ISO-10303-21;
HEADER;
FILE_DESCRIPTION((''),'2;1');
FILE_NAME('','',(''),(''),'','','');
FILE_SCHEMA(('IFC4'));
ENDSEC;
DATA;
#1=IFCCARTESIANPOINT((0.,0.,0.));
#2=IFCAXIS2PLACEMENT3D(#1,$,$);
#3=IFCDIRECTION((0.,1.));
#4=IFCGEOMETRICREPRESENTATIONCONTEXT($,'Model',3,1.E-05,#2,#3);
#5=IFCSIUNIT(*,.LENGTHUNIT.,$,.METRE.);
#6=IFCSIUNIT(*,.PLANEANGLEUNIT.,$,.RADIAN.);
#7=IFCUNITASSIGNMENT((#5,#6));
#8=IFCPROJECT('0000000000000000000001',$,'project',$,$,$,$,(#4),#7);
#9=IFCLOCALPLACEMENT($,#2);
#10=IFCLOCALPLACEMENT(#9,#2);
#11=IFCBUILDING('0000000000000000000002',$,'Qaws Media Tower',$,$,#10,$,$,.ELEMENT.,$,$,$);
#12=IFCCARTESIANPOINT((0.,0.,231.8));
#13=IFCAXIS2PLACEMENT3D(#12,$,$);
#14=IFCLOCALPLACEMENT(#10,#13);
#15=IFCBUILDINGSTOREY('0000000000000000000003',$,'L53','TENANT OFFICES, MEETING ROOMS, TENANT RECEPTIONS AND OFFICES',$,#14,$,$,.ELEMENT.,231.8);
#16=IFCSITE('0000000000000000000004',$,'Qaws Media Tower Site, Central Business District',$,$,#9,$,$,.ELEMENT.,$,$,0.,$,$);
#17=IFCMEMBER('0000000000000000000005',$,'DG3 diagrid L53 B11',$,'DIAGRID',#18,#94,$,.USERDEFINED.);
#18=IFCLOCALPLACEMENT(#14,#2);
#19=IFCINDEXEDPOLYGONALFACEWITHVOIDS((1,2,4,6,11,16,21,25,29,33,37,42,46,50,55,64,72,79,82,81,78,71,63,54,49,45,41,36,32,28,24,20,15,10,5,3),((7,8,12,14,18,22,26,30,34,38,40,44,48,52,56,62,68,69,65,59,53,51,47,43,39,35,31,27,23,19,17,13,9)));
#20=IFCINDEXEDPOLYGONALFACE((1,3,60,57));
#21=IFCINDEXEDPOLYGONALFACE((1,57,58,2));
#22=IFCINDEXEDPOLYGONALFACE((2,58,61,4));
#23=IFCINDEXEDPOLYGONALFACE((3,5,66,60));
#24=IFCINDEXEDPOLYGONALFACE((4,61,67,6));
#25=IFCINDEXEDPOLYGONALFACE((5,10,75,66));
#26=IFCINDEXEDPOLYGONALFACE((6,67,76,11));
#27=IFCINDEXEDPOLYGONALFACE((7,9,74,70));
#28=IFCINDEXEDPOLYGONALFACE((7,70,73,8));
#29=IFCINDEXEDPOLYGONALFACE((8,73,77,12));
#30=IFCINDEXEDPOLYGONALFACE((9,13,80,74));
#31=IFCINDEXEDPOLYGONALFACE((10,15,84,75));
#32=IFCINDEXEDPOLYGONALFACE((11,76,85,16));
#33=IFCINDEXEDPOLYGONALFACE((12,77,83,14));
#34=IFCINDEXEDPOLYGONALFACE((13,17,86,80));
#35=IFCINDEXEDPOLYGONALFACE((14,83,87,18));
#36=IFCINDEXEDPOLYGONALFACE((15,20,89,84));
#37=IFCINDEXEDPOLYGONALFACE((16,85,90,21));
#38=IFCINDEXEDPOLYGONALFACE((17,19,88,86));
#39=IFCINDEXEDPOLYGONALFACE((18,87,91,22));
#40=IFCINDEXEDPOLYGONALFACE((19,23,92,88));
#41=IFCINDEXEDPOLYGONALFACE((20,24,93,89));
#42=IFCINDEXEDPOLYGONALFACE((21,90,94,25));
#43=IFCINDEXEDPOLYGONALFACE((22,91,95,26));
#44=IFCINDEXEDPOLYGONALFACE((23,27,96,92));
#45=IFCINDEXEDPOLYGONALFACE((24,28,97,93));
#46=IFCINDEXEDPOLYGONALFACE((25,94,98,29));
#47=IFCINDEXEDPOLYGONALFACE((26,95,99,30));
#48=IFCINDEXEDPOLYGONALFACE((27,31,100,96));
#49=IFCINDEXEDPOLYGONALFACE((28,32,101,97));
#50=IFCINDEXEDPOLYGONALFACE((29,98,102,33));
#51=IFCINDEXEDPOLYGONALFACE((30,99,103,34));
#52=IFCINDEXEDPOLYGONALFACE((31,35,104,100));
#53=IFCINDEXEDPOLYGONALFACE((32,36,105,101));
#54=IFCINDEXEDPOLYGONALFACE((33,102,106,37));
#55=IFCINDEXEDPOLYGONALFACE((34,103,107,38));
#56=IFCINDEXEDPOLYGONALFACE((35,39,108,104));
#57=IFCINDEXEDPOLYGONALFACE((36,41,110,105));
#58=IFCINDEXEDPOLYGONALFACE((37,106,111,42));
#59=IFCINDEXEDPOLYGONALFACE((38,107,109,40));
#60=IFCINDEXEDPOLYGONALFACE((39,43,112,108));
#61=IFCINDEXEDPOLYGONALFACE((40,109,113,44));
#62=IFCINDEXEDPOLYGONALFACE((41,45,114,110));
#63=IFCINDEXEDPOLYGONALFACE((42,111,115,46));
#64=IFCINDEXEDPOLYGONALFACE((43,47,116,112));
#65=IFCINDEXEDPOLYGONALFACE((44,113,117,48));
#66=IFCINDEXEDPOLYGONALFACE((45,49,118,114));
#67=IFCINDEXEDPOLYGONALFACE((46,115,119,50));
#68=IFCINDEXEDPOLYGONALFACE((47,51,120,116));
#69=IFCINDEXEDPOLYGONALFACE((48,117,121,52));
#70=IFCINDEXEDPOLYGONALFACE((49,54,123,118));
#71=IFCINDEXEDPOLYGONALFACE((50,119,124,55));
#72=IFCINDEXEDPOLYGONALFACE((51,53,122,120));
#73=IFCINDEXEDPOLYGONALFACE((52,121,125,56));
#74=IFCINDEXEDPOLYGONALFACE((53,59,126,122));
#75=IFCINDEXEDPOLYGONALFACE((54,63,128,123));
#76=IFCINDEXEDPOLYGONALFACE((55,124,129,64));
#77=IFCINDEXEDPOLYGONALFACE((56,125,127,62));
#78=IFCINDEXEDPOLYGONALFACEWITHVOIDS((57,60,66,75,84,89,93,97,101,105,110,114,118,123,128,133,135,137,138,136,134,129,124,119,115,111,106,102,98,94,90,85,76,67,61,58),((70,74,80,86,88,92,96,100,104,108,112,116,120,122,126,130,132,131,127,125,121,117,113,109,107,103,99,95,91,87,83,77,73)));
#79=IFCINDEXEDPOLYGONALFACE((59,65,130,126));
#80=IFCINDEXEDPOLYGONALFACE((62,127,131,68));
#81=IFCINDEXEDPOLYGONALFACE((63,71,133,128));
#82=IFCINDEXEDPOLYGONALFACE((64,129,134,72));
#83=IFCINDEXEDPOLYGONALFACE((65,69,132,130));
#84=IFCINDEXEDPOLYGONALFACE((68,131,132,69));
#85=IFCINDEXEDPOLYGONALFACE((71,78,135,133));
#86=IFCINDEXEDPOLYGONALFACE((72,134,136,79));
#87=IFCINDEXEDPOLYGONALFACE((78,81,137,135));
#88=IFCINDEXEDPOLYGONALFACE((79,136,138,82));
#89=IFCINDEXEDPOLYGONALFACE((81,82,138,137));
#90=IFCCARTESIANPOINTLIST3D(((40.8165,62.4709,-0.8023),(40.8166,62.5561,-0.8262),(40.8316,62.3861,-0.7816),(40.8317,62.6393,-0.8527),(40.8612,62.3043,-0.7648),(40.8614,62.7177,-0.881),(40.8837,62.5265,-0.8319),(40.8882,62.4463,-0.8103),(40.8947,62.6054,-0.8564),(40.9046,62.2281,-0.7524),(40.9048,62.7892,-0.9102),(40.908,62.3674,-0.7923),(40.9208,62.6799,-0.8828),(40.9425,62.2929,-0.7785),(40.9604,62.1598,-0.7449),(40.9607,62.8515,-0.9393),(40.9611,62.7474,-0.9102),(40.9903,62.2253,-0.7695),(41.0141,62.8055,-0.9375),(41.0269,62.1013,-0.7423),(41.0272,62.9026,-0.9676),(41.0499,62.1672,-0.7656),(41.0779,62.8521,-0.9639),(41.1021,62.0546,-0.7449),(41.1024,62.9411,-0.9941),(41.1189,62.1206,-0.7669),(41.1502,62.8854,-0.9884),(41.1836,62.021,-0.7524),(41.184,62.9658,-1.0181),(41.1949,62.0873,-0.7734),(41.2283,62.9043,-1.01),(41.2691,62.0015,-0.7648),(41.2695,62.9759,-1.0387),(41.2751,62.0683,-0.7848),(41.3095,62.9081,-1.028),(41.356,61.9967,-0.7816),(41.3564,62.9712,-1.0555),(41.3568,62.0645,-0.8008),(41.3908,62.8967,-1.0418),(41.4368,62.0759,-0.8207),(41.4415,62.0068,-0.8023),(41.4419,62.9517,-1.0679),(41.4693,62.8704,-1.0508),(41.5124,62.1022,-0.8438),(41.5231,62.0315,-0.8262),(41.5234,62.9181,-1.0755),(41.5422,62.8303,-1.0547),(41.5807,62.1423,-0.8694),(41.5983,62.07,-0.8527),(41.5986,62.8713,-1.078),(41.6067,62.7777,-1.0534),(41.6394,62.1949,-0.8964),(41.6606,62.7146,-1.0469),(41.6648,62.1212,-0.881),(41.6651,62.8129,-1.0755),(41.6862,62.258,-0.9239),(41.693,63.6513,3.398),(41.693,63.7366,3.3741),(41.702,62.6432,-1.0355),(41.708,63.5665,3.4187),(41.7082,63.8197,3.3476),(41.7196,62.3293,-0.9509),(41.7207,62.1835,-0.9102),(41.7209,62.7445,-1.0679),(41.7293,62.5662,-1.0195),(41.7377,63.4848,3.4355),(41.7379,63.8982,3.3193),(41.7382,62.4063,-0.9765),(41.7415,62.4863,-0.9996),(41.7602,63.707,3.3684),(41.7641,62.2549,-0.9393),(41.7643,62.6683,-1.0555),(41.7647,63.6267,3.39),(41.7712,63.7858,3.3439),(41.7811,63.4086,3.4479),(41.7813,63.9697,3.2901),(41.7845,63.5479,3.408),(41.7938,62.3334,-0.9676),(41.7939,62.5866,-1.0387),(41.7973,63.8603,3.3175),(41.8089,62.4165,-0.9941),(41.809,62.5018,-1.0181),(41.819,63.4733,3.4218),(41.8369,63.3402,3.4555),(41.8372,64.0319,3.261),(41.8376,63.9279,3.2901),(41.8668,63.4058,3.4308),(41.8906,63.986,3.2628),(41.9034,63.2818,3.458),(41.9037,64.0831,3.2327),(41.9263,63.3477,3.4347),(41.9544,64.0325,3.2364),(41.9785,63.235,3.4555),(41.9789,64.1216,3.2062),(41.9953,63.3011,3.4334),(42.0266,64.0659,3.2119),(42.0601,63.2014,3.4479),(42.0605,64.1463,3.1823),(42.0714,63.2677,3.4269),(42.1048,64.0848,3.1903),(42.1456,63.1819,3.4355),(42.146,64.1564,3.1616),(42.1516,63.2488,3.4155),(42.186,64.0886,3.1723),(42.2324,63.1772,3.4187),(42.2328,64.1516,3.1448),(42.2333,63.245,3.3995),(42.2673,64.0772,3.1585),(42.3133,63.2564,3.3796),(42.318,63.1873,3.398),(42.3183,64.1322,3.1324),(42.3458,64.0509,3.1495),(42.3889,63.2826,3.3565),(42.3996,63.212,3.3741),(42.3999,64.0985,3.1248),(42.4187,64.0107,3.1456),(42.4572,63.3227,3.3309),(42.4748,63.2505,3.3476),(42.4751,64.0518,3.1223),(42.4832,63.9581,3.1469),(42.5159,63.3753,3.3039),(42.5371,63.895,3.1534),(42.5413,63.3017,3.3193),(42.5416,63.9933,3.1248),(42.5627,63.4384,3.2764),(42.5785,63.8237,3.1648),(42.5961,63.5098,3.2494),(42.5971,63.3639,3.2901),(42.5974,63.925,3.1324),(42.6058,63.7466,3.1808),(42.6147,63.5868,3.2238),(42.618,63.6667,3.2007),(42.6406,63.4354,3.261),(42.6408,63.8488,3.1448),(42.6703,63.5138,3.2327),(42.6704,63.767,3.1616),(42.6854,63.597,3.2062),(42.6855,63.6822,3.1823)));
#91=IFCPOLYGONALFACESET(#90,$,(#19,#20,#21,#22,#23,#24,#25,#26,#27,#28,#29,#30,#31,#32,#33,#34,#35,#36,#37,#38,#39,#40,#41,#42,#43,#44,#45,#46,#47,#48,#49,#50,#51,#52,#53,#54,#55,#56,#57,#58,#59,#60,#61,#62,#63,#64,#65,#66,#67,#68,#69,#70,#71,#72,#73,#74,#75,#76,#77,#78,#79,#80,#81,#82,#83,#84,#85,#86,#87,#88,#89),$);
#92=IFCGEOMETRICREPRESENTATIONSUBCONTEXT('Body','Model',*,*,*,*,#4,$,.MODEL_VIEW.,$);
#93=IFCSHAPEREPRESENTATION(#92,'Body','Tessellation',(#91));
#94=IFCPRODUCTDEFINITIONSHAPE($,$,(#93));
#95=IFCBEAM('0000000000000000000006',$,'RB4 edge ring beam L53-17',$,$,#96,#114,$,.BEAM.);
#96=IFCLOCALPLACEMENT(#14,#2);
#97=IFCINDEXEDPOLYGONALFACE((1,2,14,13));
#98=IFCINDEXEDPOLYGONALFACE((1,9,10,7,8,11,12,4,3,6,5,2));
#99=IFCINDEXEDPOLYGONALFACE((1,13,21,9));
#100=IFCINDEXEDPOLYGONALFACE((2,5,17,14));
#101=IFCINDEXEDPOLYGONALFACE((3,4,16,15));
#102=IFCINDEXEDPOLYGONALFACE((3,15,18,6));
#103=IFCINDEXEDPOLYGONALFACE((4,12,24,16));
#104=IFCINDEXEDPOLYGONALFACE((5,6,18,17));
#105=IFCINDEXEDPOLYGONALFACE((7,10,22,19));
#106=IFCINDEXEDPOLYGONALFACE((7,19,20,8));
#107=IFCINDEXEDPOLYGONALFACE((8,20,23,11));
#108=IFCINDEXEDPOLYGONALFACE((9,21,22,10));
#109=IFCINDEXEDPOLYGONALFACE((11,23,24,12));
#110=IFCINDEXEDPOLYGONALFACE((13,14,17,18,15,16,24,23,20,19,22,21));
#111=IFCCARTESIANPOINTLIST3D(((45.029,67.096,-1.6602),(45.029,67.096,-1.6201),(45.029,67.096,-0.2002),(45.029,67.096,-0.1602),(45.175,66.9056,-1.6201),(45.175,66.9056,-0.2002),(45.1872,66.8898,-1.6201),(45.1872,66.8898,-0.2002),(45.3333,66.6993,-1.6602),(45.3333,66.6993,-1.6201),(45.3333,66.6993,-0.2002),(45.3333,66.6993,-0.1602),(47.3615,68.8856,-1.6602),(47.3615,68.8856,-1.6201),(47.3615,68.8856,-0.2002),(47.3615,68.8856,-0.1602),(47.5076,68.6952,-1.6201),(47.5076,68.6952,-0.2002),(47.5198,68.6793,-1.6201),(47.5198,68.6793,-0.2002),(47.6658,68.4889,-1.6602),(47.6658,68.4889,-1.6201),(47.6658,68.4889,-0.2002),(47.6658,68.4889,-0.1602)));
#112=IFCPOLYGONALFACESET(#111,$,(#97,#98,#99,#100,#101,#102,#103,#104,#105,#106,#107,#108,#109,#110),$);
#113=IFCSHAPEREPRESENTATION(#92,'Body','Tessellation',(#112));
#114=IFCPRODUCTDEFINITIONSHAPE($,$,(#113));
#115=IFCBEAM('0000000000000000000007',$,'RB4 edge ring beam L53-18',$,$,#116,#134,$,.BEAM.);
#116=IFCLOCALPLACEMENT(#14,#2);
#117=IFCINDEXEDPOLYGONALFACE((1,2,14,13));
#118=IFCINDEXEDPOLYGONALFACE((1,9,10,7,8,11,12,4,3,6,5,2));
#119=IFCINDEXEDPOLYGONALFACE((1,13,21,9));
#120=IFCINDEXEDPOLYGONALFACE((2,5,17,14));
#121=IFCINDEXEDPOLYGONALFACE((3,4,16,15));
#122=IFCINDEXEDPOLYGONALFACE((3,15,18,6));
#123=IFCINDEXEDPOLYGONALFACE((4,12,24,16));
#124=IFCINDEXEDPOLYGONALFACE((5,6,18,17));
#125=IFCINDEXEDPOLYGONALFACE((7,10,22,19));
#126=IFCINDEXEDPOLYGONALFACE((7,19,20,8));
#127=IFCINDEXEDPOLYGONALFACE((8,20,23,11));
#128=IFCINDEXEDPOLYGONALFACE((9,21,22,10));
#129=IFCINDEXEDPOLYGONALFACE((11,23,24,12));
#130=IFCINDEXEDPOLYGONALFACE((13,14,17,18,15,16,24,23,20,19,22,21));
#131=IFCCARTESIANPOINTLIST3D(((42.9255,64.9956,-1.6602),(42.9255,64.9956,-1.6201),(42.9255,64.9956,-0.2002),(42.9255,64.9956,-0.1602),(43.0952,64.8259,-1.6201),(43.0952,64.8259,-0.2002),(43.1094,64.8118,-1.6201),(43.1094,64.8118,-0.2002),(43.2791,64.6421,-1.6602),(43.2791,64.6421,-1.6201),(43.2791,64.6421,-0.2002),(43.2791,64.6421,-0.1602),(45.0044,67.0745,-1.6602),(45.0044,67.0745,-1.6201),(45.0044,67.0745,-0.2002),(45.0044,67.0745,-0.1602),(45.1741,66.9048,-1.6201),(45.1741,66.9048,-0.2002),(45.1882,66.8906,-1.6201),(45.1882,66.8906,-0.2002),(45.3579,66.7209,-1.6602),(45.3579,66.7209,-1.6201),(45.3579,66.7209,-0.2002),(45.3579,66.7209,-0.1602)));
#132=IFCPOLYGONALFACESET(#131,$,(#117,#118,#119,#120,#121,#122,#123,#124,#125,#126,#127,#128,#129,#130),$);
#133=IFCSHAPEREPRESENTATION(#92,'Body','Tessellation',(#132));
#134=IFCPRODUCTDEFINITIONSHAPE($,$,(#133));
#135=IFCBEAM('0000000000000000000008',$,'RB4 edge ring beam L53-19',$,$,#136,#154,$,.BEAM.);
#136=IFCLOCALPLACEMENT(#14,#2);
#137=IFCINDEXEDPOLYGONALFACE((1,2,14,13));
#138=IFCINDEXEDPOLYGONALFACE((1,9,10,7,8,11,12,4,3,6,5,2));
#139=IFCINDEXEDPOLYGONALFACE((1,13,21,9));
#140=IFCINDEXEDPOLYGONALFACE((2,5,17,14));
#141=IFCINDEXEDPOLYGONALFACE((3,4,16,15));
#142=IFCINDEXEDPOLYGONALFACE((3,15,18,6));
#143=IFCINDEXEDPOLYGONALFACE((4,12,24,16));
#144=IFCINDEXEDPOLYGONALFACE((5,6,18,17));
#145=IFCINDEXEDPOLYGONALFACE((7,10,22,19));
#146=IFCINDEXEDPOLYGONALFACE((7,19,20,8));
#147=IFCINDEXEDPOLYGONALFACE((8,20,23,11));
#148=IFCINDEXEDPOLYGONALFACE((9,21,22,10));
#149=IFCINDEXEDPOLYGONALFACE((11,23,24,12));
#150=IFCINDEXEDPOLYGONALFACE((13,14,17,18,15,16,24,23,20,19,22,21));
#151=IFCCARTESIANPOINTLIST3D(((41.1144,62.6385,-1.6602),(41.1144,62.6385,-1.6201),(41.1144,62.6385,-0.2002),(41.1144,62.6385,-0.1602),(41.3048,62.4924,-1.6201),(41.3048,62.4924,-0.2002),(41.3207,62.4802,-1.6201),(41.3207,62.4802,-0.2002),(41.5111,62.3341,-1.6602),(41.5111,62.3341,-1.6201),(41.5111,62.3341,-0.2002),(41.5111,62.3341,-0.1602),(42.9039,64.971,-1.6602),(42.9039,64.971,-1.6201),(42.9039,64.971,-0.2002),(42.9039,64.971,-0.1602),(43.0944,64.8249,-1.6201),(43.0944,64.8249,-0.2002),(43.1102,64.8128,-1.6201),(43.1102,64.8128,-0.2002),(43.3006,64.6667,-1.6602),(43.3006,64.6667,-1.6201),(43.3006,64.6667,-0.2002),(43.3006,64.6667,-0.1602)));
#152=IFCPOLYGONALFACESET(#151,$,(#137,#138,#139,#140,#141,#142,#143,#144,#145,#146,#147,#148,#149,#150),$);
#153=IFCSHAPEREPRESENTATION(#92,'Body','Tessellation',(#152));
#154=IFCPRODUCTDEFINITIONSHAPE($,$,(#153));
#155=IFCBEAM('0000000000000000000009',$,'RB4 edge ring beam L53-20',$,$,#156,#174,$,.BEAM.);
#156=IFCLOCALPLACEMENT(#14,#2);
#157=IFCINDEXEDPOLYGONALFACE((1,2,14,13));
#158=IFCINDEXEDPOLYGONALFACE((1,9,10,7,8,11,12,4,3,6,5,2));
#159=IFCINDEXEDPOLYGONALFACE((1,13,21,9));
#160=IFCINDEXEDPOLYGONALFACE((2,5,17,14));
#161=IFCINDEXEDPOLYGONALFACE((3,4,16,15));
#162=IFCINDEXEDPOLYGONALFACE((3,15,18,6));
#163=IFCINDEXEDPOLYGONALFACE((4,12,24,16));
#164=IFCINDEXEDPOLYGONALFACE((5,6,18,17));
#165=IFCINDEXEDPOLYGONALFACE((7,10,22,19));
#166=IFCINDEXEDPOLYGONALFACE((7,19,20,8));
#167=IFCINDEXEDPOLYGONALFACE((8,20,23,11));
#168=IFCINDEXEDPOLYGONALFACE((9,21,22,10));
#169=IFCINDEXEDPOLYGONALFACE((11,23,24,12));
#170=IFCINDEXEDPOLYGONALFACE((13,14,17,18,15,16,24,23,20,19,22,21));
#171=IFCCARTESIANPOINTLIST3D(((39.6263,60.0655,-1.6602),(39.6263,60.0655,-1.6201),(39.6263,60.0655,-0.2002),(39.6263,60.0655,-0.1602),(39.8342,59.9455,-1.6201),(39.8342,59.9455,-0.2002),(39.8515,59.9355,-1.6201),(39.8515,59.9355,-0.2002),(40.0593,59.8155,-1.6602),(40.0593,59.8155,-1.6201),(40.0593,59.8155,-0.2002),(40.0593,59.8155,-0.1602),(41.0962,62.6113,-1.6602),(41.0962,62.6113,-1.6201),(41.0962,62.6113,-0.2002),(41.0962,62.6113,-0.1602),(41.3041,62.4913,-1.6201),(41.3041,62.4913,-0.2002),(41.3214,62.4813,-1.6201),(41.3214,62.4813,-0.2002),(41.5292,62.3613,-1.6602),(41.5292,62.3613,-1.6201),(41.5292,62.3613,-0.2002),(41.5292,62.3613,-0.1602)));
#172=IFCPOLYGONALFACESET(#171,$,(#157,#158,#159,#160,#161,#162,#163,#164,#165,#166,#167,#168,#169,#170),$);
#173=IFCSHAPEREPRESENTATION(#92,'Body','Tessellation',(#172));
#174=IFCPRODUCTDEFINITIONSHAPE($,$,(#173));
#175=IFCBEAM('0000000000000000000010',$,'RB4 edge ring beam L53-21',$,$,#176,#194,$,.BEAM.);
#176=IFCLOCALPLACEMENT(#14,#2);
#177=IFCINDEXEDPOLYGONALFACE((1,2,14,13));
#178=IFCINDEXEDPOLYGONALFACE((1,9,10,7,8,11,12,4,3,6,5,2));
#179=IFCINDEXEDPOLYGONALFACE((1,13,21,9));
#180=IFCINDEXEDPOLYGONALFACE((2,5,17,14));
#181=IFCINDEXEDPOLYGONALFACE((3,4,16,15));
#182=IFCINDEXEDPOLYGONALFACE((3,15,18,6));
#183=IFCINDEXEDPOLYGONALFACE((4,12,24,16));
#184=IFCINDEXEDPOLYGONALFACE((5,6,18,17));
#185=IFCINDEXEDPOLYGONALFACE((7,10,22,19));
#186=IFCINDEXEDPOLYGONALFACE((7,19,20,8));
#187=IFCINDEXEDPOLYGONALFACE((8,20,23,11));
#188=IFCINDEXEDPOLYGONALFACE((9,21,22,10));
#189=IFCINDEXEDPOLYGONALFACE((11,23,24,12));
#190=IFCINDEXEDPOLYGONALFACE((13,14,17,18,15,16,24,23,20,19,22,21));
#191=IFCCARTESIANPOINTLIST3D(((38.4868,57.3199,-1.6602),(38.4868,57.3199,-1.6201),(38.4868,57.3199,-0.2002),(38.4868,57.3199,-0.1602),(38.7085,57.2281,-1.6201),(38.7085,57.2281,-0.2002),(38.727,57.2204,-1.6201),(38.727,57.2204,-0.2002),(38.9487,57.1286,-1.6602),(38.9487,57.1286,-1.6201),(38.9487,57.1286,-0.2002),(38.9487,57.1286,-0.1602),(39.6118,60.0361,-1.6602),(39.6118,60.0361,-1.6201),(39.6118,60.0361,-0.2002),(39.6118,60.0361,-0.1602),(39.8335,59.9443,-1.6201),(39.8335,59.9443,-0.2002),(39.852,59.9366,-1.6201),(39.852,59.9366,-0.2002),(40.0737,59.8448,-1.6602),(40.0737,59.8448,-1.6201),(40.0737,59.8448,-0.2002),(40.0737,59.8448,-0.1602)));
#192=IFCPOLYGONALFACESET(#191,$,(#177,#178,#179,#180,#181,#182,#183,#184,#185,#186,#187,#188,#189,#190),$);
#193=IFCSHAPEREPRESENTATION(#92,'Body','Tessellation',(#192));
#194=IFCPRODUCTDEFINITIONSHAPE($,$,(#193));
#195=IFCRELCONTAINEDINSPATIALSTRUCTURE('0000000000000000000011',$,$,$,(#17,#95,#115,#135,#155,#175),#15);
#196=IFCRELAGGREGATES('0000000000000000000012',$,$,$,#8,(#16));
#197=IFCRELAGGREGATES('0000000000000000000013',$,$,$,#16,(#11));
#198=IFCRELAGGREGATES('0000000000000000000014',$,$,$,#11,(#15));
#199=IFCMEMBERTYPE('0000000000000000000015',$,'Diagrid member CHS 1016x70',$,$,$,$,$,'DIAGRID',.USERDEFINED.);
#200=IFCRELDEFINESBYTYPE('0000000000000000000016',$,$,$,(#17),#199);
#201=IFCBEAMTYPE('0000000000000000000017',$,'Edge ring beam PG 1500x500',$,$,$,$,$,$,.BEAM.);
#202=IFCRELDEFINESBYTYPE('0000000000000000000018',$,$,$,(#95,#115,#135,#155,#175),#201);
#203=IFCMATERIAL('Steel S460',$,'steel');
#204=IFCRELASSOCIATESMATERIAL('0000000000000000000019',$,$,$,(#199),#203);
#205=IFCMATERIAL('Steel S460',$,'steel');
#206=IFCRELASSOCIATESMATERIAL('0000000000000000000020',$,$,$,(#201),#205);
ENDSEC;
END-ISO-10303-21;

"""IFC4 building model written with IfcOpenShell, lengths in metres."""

from ifc_helpers import new_model, si_unit, direction, frame, origin, origin_2d, place, context, subcontext, project, spatial, hollow_circle, i_section, extrude, material, material_profile, profile_set, type_object, element, save


model = new_model("IFC4")

# Units and contexts
model_context = context("Model", 3, precision=1e-05, world=origin(), true_north=direction((0.0, 1.0)))
body_context = subcontext(model_context, "Body", "Model", "MODEL_VIEW")
ifc_project = project(units=[si_unit("LENGTHUNIT", "METRE"), si_unit("PLANEANGLEUNIT", "RADIAN")], contexts=[model_context])

# Site, building, storey
site_placement = place(None, origin())
site = spatial("IfcSite", under=ifc_project, at=site_placement, Name="Qaws Media Tower Site, Central Business District", CompositionType="ELEMENT", RefElevation=0.0)
building_placement = place(site_placement, origin())
building = spatial("IfcBuilding", under=site, at=building_placement, Name="Qaws Media Tower", CompositionType="ELEMENT")
storey_placement = place(building_placement, frame((0.0, 0.0, 231.8)))
storey = spatial("IfcBuildingStorey", under=building, at=storey_placement, Name="L53", Description="TENANT OFFICES, MEETING ROOMS, TENANT RECEPTIONS AND OFFICES", CompositionType="ELEMENT", Elevation=231.8)

# Member
ifc_material_1 = material(Name="Steel S460", Category="steel")
ifc_material_profile_1 = material_profile(ifc_material_1, hollow_circle(Radius=0.5081, WallThickness=0.0701, at=origin_2d()), Name="CHS 1016x70")
ifc_profile_set_1 = profile_set([ifc_material_profile_1], Name="Steel S460")
member_type_1 = type_object("IfcMemberType", Name="Diagrid member CHS 1016x70", ElementType="DIAGRID", PredefinedType="USERDEFINED", material=ifc_profile_set_1)
member_1_placement = place(storey_placement, frame((41.3127, 62.4863, -0.9102), z_axis=(0.196955, 0.265258, 0.943847), x_axis=(-0.80288, 0.596141, 0.0)))
element("IfcMember", 1, at=member_1_placement, inside=storey, type_object=member_type_1, Name="DG3 diagrid L53 B11", ObjectType="DIAGRID", PredefinedType="USERDEFINED", context=body_context, shape_type="SweptSolid", body=[
    extrude(hollow_circle(Radius=0.5081, WallThickness=0.0701, at=origin_2d()), origin(), (0.0, 0.0, 1.0), 4.4502),
])

# Beams
ifc_material_2 = material(Name="Steel S460", Category="steel")
ifc_material_profile_2 = material_profile(ifc_material_2, i_section(OverallWidth=0.5, OverallDepth=1.5, WebThickness=0.02, FlangeThickness=0.04, at=origin_2d()), Name="PG 1500x500")
ifc_profile_set_2 = profile_set([ifc_material_profile_2], Name="Steel S460")
beam_type = type_object("IfcBeamType", Name="Edge ring beam PG 1500x500", PredefinedType="BEAM", material=ifc_profile_set_2)
for number, where, z_axis, x_axis, name in (
    (2, (47.5137, 68.6873, -0.9102), (-0.793395, -0.608707, 0.0), (0.608707, -0.793395, 0.0), "RB4 edge ring beam L53-17"),
    (3, (45.1812, 66.8977, -0.9102), (-0.707107, -0.707107, 0.0), (0.707107, -0.707107, 0.0), "RB4 edge ring beam L53-18"),
    (4, (43.1023, 64.8188, -0.9102), (-0.608707, -0.793395, 0.0), (0.793395, -0.608707, 0.0), "RB4 edge ring beam L53-19"),
):
    element("IfcBeam", number, at=place(storey_placement, frame(where, z_axis=z_axis, x_axis=x_axis)), inside=storey, type_object=beam_type, Name=name, PredefinedType="BEAM", context=body_context, shape_type="SweptSolid", body=[
        extrude(i_section(OverallWidth=0.5, OverallDepth=1.5, WebThickness=0.02, FlangeThickness=0.04, at=origin_2d()), origin(), (0.0, 0.0, 1.0), 2.9399),
    ])
beam_1_placement = place(storey_placement, frame((41.3127, 62.4863, -0.9102), z_axis=(-0.500024, -0.866011, 0.0), x_axis=(0.866011, -0.500024, 0.0)))
element("IfcBeam", 5, at=beam_1_placement, inside=storey, type_object=beam_type, Name="RB4 edge ring beam L53-20", PredefinedType="BEAM", context=body_context, shape_type="SweptSolid", body=[
    extrude(i_section(OverallWidth=0.5, OverallDepth=1.5, WebThickness=0.02, FlangeThickness=0.04, at=origin_2d()), origin(), (0.0, 0.0, 1.0), 2.9397),
])
beam_2_placement = place(storey_placement, frame((39.8428, 59.9404, -0.9102), z_axis=(-0.382675, -0.923883, 0.0), x_axis=(0.923883, -0.382675, 0.0)))
element("IfcBeam", 6, at=beam_2_placement, inside=storey, type_object=beam_type, Name="RB4 edge ring beam L53-21", PredefinedType="BEAM", context=body_context, shape_type="SweptSolid", body=[
    extrude(i_section(OverallWidth=0.5, OverallDepth=1.5, WebThickness=0.02, FlangeThickness=0.04, at=origin_2d()), origin(), (0.0, 0.0, 1.0), 2.9399),
])

save(model, "model.ifc")
